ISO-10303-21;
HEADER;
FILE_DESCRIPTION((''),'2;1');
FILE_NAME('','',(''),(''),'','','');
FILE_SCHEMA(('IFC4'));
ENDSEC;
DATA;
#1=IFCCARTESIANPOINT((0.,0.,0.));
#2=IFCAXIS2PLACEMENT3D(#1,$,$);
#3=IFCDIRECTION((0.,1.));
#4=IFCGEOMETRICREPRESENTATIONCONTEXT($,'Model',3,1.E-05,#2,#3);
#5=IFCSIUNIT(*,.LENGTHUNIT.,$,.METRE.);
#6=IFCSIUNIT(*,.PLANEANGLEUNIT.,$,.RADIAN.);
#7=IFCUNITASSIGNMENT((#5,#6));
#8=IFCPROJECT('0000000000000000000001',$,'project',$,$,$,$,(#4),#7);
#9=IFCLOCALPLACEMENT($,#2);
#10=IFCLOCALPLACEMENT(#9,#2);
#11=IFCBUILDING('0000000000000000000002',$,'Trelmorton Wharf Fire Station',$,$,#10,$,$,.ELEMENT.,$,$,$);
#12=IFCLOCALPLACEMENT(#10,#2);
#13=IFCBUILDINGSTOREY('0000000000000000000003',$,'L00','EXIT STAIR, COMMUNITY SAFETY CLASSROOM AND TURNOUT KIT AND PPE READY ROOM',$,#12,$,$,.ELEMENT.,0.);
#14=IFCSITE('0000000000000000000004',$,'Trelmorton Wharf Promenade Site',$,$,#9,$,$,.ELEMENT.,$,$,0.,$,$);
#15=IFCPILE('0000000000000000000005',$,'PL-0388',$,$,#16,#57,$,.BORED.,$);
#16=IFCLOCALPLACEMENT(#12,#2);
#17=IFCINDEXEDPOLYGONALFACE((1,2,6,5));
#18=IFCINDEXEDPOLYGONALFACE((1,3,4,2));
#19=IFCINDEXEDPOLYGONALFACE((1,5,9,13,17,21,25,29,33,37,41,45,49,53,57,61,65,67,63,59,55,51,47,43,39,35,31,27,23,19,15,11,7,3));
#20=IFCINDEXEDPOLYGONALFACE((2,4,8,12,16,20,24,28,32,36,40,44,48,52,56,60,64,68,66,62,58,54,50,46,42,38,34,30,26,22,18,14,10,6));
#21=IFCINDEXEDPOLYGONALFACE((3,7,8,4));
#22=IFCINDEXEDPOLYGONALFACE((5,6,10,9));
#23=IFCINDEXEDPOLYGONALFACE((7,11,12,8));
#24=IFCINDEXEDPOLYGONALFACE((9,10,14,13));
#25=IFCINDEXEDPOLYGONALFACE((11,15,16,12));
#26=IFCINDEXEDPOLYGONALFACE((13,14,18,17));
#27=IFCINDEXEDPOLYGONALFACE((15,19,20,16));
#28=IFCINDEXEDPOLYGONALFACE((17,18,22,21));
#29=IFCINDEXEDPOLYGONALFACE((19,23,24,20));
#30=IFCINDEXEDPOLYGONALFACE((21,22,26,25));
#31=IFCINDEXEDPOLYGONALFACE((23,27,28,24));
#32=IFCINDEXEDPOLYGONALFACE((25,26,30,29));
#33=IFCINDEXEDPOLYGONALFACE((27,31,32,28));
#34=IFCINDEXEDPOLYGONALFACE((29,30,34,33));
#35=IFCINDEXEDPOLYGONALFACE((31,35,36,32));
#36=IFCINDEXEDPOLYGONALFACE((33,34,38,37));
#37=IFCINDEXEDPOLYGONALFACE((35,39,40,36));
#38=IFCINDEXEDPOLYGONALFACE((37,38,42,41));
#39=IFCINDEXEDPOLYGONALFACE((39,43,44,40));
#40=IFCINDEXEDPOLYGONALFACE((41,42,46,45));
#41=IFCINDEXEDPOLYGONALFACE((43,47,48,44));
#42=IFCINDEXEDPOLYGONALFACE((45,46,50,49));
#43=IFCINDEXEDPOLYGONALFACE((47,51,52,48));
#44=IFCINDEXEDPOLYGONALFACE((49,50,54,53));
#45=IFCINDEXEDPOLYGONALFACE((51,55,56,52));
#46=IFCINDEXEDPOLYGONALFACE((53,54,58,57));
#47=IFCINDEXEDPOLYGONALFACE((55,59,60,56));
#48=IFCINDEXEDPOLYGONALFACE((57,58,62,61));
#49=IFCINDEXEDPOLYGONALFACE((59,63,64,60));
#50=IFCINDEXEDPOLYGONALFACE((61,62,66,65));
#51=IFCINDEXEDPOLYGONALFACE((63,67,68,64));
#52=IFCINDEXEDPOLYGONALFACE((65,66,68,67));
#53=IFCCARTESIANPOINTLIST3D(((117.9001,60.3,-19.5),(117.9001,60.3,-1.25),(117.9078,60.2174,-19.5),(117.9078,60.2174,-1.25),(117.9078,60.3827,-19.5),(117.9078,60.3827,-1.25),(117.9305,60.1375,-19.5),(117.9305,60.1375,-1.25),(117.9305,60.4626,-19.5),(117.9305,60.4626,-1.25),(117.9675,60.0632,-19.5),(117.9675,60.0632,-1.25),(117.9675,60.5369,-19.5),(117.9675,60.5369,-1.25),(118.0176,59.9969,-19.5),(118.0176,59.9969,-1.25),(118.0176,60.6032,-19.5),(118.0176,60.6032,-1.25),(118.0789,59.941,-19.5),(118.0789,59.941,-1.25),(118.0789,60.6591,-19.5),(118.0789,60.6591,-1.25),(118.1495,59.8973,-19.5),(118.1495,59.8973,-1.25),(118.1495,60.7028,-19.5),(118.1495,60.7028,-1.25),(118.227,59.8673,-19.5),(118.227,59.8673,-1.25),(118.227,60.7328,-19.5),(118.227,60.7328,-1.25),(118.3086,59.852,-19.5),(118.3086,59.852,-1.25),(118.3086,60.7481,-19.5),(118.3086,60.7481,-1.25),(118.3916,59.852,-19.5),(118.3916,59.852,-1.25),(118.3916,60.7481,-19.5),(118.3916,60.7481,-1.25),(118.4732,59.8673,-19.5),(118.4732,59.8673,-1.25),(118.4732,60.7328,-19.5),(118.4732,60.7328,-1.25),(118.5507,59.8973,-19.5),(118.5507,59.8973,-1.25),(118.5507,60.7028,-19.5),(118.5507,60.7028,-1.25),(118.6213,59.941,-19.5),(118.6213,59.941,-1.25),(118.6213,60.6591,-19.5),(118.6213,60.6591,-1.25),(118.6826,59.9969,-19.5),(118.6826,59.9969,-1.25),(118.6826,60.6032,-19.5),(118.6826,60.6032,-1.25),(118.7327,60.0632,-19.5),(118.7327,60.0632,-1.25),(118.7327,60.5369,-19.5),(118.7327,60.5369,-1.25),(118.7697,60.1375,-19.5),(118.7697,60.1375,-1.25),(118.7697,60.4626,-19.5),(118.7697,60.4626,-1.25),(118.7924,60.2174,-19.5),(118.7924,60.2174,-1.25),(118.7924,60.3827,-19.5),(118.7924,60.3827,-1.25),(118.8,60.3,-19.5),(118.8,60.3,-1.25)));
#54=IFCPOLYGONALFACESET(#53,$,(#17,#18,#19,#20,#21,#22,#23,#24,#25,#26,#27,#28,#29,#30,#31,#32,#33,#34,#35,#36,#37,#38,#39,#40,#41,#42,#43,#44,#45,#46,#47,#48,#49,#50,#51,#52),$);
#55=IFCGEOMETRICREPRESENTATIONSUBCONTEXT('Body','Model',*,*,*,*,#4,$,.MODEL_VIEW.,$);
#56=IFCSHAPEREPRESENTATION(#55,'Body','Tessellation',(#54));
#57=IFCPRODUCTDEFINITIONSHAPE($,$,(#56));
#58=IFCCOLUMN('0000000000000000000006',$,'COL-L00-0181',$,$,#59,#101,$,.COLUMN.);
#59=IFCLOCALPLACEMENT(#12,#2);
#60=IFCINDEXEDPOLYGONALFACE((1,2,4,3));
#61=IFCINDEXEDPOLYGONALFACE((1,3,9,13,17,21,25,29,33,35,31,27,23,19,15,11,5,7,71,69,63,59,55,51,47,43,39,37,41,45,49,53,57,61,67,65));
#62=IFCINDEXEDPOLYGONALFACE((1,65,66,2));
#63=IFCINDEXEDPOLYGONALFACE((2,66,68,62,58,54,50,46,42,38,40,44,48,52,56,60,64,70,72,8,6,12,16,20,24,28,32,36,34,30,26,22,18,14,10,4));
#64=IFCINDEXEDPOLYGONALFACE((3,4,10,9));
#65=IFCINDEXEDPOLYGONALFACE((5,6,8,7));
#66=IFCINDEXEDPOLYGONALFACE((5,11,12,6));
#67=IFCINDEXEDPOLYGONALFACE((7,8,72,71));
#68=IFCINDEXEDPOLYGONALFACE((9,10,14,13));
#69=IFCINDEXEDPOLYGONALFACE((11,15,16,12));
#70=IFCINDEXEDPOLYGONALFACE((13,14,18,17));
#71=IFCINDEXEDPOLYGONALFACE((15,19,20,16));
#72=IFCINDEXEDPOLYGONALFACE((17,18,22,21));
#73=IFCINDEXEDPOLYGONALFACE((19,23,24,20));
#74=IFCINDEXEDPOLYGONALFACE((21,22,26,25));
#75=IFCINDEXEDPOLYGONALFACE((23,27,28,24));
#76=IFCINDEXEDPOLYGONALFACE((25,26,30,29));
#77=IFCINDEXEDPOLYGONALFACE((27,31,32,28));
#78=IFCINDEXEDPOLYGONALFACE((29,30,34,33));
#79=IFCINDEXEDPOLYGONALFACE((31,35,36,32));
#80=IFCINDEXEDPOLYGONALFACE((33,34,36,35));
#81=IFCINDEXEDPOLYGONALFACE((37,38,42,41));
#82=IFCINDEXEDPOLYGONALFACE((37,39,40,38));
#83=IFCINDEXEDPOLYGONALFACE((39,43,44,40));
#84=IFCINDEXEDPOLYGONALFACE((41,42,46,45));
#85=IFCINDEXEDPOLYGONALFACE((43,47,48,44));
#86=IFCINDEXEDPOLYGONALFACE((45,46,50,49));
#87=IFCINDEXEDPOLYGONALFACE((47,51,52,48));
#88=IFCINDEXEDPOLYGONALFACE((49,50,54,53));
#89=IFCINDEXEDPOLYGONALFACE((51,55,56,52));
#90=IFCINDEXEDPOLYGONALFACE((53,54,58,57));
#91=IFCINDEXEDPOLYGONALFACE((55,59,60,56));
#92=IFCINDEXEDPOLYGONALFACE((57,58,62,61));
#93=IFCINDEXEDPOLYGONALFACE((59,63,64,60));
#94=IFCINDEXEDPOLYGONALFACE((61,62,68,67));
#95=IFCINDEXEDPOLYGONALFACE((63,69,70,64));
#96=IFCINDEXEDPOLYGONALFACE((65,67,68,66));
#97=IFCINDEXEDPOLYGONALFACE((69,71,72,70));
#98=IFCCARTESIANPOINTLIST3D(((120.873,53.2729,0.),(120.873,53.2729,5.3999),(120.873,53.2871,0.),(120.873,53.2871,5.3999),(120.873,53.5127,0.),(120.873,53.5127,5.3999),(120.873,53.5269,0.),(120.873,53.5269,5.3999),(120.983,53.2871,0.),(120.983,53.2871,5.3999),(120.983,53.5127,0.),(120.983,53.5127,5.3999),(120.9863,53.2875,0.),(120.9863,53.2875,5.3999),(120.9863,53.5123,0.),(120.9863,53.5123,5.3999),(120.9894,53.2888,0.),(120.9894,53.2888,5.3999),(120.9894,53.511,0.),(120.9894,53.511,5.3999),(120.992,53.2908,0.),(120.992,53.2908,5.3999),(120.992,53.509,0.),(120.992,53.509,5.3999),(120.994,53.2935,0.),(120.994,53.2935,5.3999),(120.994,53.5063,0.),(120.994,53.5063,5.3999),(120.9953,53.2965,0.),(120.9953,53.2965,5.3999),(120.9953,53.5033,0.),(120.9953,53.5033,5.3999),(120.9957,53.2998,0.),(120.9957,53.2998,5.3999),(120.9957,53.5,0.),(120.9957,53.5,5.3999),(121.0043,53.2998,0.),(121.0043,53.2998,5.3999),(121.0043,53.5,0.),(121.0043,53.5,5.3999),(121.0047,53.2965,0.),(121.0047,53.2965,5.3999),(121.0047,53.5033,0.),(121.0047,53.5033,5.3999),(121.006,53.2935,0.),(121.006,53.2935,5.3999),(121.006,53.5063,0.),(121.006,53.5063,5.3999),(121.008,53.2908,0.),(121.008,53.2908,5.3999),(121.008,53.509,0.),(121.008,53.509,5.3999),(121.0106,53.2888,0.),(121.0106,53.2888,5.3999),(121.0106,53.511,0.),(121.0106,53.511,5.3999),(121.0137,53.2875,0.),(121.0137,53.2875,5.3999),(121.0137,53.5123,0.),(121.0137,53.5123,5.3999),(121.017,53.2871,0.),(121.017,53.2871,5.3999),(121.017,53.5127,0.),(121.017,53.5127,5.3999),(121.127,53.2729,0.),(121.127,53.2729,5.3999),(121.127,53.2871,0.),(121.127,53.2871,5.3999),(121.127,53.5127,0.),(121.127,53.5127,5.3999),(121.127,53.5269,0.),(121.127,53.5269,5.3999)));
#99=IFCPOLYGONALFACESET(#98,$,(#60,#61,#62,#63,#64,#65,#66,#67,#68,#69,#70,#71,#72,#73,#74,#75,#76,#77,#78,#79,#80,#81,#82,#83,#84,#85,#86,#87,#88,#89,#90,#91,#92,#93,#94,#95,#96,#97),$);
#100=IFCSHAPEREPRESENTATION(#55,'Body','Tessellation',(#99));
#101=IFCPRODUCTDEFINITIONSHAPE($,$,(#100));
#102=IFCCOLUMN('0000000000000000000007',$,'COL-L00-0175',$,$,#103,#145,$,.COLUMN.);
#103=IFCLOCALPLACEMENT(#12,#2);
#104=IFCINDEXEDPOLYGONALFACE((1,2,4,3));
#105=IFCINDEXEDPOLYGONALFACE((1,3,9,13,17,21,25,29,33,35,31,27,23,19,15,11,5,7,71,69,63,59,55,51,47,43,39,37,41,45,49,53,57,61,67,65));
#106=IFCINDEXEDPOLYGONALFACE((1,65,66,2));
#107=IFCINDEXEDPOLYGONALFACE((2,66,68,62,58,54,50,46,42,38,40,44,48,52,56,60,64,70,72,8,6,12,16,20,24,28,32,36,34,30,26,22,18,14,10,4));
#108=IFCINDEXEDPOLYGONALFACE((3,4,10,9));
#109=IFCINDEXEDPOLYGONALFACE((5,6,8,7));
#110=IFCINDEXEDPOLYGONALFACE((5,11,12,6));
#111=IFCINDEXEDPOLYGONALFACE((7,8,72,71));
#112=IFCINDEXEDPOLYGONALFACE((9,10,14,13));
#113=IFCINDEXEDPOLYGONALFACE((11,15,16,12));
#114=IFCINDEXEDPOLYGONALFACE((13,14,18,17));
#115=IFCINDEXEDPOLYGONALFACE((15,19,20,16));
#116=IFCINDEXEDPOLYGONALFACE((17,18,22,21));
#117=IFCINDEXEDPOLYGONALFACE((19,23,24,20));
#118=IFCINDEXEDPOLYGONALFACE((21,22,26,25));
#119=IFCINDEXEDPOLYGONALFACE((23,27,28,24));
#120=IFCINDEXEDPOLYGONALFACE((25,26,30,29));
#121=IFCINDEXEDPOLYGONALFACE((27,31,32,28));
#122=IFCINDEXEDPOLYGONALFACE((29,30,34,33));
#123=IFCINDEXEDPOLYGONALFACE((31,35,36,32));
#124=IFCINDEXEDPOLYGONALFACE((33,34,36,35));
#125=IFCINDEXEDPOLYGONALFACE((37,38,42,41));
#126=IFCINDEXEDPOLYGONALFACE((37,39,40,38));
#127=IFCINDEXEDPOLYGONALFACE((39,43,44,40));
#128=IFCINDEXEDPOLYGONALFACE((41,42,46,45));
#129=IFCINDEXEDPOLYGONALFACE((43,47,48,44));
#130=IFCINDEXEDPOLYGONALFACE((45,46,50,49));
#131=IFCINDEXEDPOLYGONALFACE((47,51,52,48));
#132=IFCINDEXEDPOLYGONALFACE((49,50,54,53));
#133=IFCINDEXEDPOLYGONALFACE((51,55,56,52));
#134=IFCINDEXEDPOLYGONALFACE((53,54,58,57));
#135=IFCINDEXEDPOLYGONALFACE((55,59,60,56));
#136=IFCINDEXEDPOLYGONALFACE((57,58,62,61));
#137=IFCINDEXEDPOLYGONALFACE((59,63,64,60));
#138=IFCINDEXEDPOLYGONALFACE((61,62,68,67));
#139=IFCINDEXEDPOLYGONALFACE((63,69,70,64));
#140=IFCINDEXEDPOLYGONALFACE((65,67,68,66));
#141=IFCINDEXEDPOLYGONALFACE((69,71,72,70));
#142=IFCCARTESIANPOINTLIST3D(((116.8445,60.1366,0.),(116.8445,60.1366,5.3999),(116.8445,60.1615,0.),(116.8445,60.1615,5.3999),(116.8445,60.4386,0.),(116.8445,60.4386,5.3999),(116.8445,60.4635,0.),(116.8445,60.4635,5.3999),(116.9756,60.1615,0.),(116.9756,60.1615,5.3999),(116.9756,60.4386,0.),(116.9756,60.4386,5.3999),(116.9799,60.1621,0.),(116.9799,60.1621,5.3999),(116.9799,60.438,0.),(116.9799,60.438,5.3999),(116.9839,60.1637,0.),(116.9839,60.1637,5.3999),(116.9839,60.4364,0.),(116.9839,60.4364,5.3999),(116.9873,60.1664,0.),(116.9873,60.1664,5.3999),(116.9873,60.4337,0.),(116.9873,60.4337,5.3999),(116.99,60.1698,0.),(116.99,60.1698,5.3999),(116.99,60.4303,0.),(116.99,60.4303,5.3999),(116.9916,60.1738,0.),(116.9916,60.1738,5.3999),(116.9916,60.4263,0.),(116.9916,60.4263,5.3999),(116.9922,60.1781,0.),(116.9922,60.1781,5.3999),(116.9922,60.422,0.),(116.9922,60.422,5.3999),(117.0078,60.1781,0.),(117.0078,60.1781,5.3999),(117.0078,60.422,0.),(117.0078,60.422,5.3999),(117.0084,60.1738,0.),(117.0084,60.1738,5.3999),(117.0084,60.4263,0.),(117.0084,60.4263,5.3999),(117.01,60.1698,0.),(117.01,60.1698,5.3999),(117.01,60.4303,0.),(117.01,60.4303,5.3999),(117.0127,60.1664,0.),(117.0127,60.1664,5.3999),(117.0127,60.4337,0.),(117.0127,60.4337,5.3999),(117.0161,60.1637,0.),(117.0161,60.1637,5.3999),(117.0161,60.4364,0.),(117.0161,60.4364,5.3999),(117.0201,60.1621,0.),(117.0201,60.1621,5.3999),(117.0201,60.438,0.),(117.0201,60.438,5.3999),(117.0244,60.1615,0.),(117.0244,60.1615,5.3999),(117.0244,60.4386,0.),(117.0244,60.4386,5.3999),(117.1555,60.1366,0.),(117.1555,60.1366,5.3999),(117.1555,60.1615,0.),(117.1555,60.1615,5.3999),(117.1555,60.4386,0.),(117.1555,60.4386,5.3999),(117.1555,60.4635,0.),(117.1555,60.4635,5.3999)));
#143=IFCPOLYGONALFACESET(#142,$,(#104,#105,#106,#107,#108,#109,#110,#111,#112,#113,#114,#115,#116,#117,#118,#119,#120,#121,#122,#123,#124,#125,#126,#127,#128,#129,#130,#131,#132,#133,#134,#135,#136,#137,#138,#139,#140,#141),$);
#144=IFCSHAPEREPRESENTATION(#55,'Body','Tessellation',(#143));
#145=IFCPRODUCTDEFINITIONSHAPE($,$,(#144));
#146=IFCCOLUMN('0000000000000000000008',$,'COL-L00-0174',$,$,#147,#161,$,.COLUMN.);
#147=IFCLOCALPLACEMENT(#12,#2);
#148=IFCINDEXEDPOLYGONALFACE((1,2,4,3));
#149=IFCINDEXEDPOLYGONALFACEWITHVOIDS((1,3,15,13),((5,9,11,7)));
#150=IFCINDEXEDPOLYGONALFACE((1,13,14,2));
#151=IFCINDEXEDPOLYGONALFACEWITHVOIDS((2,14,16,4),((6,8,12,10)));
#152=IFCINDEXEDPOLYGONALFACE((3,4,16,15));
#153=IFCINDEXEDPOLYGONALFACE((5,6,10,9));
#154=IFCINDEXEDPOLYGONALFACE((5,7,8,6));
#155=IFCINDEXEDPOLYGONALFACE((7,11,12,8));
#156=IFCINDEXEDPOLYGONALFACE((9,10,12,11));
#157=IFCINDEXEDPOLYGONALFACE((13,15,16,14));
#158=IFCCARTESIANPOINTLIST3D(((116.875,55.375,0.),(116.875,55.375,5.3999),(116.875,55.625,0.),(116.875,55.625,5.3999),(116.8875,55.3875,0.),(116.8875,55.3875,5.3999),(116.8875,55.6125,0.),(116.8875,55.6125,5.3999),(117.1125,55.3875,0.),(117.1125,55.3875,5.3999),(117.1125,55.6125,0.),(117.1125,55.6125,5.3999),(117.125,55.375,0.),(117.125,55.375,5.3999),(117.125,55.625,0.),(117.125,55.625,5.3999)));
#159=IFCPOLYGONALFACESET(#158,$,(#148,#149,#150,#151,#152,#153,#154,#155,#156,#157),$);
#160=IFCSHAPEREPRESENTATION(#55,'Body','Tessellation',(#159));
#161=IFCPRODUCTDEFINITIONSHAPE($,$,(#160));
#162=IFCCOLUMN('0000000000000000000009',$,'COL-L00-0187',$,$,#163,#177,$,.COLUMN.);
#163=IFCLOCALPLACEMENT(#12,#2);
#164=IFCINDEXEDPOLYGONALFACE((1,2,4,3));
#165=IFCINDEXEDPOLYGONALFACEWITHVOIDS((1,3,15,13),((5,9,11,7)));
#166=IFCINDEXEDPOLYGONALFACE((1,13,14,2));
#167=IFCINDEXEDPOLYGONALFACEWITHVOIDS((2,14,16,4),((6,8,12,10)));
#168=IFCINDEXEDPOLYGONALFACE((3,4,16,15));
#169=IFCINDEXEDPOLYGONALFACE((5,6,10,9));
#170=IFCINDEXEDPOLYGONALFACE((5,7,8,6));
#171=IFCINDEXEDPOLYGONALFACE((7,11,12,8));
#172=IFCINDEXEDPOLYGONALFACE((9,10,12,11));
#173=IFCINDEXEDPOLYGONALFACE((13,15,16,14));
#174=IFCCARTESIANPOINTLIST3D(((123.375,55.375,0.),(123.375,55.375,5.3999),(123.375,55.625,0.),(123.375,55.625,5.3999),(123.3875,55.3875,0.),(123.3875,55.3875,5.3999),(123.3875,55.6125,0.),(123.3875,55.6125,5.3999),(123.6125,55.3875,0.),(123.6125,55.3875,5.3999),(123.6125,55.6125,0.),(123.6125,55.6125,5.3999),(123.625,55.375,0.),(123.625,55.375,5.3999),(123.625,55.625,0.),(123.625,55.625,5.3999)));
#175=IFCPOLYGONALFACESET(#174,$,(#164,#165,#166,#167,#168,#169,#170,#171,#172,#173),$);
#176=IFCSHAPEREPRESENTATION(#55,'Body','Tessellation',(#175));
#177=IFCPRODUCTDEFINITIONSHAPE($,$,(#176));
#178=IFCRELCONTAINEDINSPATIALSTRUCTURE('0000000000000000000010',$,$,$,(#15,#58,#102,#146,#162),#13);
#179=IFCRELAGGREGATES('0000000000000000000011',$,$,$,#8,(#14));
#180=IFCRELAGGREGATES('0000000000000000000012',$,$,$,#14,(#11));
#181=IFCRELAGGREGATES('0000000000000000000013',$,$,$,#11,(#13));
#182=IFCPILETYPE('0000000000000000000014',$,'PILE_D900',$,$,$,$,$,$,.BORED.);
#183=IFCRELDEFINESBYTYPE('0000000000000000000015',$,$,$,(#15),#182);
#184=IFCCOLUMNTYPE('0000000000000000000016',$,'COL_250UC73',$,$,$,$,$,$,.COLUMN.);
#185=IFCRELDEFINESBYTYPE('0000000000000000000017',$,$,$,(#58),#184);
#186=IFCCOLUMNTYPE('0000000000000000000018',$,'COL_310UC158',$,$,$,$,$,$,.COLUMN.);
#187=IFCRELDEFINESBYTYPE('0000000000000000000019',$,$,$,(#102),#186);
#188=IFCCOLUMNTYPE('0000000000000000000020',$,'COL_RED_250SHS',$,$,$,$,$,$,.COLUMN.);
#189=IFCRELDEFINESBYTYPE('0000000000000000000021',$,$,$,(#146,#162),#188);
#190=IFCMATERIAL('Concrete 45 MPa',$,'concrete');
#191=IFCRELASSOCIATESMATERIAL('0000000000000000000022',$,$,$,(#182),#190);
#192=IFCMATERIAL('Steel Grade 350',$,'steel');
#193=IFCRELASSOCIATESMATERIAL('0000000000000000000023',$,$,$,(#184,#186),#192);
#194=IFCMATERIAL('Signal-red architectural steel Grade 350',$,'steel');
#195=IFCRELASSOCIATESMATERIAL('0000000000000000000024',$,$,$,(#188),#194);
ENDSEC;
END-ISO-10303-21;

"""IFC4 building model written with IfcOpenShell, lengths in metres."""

from ifc_helpers import new_model, si_unit, direction, frame, origin, origin_2d, place, context, subcontext, project, spatial, hollow_rectangle, circle, i_section, extrude, material, material_profile, profile_set, type_object, element, save


model = new_model("IFC4")

# Units and contexts
model_context = context("Model", 3, precision=1e-05, world=origin(), true_north=direction((0.0, 1.0)))
body_context = subcontext(model_context, "Body", "Model", "MODEL_VIEW")
ifc_project = project(units=[si_unit("LENGTHUNIT", "METRE"), si_unit("PLANEANGLEUNIT", "RADIAN")], contexts=[model_context])

# Site, building, storey
site_placement = place(None, origin())
site = spatial("IfcSite", under=ifc_project, at=site_placement, Name="Trelmorton Wharf Promenade Site", CompositionType="ELEMENT", RefElevation=0.0)
building_placement = place(site_placement, origin())
building = spatial("IfcBuilding", under=site, at=building_placement, Name="Trelmorton Wharf Fire Station", CompositionType="ELEMENT")
storey_placement = place(building_placement, origin())
storey = spatial("IfcBuildingStorey", under=building, at=storey_placement, Name="L00", Description="EXIT STAIR, COMMUNITY SAFETY CLASSROOM AND TURNOUT KIT AND PPE READY ROOM", CompositionType="ELEMENT", Elevation=0.0)

# Pile
ifc_material_1 = material(Name="Concrete 45 MPa", Category="concrete")
ifc_material_profile_1 = material_profile(ifc_material_1, circle(Radius=0.45, at=origin_2d()), Name="PILE-D900")
ifc_profile_set_1 = profile_set([ifc_material_profile_1], Name="Concrete 45 MPa")
pile_type = type_object("IfcPileType", Name="PILE_D900", PredefinedType="BORED", material=ifc_profile_set_1)
pile_placement = place(storey_placement, frame((118.3501, 60.3, -1.25), z_axis=(0.0, 0.0, -1.0), x_axis=(1.0, 0.0, 0.0)))
element("IfcPile", 1, at=pile_placement, inside=storey, type_object=pile_type, Name="PL-0388", PredefinedType="BORED", context=body_context, shape_type="SweptSolid", body=[
    extrude(circle(Radius=0.45, at=origin_2d()), origin(), (0.0, 0.0, 1.0), 18.25),
])

# Columns
ifc_material_2 = material(Name="Steel Grade 350", Category="steel")
ifc_material_profile_2 = material_profile(ifc_material_2, i_section(OverallWidth=0.2539, OverallDepth=0.2539, WebThickness=0.0085, FlangeThickness=0.0142, FilletRadius=0.0127, at=origin_2d()), Name="250UC72.9")
ifc_profile_set_2 = profile_set([ifc_material_profile_2], Name="Steel Grade 350")
column_type_1 = type_object("IfcColumnType", Name="COL_250UC73", PredefinedType="COLUMN", material=ifc_profile_set_2)
column_1_placement = place(storey_placement, frame((121.0, 53.3999, 0.0), z_axis=(0.0, 0.0, 1.0), x_axis=(1.0, 0.0, 0.0)))
element("IfcColumn", 2, at=column_1_placement, inside=storey, type_object=column_type_1, Name="COL-L00-0181", PredefinedType="COLUMN", context=body_context, shape_type="SweptSolid", body=[
    extrude(i_section(OverallWidth=0.2539, OverallDepth=0.2539, WebThickness=0.0085, FlangeThickness=0.0142, FilletRadius=0.0127, at=origin_2d()), origin(), (0.0, 0.0, 1.0), 5.3999),
])
ifc_material_profile_3 = material_profile(ifc_material_2, i_section(OverallWidth=0.311, OverallDepth=0.3269, WebThickness=0.0156, FlangeThickness=0.0249, FilletRadius=0.0166, at=origin_2d()), Name="310UC158")
ifc_profile_set_3 = profile_set([ifc_material_profile_3], Name="Steel Grade 350")
column_type_2 = type_object("IfcColumnType", Name="COL_310UC158", PredefinedType="COLUMN", material=ifc_profile_set_3)
column_2_placement = place(storey_placement, frame((117.0, 60.3, 0.0), z_axis=(0.0, 0.0, 1.0), x_axis=(1.0, 0.0, 0.0)))
element("IfcColumn", 3, at=column_2_placement, inside=storey, type_object=column_type_2, Name="COL-L00-0175", PredefinedType="COLUMN", context=body_context, shape_type="SweptSolid", body=[
    extrude(i_section(OverallWidth=0.311, OverallDepth=0.3269, WebThickness=0.0156, FlangeThickness=0.0249, FilletRadius=0.0166, at=origin_2d()), origin(), (0.0, 0.0, 1.0), 5.3999),
])
ifc_material_3 = material(Name="Signal-red architectural steel Grade 350", Category="steel")
ifc_material_profile_4 = material_profile(ifc_material_3, hollow_rectangle(XDim=0.25, YDim=0.25, WallThickness=0.0125, at=origin_2d()), Name="250x250x12.5SHS")
ifc_profile_set_4 = profile_set([ifc_material_profile_4], Name="Signal-red architectural steel Grade 350")
column_type_3 = type_object("IfcColumnType", Name="COL_RED_250SHS", PredefinedType="COLUMN", material=ifc_profile_set_4)
for number, where, z_axis, x_axis, name in (
    (4, (117.0, 55.5, 0.0), (0.0, 0.0, 1.0), (1.0, 0.0, 0.0), "COL-L00-0174"),
    (5, (123.5, 55.5, 0.0), (0.0, 0.0, 1.0), (1.0, 0.0, 0.0), "COL-L00-0187"),
):
    element("IfcColumn", number, at=place(storey_placement, frame(where, z_axis=z_axis, x_axis=x_axis)), inside=storey, type_object=column_type_3, Name=name, PredefinedType="COLUMN", context=body_context, shape_type="SweptSolid", body=[
        extrude(hollow_rectangle(XDim=0.25, YDim=0.25, WallThickness=0.0125, at=origin_2d()), origin(), (0.0, 0.0, 1.0), 5.3999),
    ])

save(model, "model.ifc")
